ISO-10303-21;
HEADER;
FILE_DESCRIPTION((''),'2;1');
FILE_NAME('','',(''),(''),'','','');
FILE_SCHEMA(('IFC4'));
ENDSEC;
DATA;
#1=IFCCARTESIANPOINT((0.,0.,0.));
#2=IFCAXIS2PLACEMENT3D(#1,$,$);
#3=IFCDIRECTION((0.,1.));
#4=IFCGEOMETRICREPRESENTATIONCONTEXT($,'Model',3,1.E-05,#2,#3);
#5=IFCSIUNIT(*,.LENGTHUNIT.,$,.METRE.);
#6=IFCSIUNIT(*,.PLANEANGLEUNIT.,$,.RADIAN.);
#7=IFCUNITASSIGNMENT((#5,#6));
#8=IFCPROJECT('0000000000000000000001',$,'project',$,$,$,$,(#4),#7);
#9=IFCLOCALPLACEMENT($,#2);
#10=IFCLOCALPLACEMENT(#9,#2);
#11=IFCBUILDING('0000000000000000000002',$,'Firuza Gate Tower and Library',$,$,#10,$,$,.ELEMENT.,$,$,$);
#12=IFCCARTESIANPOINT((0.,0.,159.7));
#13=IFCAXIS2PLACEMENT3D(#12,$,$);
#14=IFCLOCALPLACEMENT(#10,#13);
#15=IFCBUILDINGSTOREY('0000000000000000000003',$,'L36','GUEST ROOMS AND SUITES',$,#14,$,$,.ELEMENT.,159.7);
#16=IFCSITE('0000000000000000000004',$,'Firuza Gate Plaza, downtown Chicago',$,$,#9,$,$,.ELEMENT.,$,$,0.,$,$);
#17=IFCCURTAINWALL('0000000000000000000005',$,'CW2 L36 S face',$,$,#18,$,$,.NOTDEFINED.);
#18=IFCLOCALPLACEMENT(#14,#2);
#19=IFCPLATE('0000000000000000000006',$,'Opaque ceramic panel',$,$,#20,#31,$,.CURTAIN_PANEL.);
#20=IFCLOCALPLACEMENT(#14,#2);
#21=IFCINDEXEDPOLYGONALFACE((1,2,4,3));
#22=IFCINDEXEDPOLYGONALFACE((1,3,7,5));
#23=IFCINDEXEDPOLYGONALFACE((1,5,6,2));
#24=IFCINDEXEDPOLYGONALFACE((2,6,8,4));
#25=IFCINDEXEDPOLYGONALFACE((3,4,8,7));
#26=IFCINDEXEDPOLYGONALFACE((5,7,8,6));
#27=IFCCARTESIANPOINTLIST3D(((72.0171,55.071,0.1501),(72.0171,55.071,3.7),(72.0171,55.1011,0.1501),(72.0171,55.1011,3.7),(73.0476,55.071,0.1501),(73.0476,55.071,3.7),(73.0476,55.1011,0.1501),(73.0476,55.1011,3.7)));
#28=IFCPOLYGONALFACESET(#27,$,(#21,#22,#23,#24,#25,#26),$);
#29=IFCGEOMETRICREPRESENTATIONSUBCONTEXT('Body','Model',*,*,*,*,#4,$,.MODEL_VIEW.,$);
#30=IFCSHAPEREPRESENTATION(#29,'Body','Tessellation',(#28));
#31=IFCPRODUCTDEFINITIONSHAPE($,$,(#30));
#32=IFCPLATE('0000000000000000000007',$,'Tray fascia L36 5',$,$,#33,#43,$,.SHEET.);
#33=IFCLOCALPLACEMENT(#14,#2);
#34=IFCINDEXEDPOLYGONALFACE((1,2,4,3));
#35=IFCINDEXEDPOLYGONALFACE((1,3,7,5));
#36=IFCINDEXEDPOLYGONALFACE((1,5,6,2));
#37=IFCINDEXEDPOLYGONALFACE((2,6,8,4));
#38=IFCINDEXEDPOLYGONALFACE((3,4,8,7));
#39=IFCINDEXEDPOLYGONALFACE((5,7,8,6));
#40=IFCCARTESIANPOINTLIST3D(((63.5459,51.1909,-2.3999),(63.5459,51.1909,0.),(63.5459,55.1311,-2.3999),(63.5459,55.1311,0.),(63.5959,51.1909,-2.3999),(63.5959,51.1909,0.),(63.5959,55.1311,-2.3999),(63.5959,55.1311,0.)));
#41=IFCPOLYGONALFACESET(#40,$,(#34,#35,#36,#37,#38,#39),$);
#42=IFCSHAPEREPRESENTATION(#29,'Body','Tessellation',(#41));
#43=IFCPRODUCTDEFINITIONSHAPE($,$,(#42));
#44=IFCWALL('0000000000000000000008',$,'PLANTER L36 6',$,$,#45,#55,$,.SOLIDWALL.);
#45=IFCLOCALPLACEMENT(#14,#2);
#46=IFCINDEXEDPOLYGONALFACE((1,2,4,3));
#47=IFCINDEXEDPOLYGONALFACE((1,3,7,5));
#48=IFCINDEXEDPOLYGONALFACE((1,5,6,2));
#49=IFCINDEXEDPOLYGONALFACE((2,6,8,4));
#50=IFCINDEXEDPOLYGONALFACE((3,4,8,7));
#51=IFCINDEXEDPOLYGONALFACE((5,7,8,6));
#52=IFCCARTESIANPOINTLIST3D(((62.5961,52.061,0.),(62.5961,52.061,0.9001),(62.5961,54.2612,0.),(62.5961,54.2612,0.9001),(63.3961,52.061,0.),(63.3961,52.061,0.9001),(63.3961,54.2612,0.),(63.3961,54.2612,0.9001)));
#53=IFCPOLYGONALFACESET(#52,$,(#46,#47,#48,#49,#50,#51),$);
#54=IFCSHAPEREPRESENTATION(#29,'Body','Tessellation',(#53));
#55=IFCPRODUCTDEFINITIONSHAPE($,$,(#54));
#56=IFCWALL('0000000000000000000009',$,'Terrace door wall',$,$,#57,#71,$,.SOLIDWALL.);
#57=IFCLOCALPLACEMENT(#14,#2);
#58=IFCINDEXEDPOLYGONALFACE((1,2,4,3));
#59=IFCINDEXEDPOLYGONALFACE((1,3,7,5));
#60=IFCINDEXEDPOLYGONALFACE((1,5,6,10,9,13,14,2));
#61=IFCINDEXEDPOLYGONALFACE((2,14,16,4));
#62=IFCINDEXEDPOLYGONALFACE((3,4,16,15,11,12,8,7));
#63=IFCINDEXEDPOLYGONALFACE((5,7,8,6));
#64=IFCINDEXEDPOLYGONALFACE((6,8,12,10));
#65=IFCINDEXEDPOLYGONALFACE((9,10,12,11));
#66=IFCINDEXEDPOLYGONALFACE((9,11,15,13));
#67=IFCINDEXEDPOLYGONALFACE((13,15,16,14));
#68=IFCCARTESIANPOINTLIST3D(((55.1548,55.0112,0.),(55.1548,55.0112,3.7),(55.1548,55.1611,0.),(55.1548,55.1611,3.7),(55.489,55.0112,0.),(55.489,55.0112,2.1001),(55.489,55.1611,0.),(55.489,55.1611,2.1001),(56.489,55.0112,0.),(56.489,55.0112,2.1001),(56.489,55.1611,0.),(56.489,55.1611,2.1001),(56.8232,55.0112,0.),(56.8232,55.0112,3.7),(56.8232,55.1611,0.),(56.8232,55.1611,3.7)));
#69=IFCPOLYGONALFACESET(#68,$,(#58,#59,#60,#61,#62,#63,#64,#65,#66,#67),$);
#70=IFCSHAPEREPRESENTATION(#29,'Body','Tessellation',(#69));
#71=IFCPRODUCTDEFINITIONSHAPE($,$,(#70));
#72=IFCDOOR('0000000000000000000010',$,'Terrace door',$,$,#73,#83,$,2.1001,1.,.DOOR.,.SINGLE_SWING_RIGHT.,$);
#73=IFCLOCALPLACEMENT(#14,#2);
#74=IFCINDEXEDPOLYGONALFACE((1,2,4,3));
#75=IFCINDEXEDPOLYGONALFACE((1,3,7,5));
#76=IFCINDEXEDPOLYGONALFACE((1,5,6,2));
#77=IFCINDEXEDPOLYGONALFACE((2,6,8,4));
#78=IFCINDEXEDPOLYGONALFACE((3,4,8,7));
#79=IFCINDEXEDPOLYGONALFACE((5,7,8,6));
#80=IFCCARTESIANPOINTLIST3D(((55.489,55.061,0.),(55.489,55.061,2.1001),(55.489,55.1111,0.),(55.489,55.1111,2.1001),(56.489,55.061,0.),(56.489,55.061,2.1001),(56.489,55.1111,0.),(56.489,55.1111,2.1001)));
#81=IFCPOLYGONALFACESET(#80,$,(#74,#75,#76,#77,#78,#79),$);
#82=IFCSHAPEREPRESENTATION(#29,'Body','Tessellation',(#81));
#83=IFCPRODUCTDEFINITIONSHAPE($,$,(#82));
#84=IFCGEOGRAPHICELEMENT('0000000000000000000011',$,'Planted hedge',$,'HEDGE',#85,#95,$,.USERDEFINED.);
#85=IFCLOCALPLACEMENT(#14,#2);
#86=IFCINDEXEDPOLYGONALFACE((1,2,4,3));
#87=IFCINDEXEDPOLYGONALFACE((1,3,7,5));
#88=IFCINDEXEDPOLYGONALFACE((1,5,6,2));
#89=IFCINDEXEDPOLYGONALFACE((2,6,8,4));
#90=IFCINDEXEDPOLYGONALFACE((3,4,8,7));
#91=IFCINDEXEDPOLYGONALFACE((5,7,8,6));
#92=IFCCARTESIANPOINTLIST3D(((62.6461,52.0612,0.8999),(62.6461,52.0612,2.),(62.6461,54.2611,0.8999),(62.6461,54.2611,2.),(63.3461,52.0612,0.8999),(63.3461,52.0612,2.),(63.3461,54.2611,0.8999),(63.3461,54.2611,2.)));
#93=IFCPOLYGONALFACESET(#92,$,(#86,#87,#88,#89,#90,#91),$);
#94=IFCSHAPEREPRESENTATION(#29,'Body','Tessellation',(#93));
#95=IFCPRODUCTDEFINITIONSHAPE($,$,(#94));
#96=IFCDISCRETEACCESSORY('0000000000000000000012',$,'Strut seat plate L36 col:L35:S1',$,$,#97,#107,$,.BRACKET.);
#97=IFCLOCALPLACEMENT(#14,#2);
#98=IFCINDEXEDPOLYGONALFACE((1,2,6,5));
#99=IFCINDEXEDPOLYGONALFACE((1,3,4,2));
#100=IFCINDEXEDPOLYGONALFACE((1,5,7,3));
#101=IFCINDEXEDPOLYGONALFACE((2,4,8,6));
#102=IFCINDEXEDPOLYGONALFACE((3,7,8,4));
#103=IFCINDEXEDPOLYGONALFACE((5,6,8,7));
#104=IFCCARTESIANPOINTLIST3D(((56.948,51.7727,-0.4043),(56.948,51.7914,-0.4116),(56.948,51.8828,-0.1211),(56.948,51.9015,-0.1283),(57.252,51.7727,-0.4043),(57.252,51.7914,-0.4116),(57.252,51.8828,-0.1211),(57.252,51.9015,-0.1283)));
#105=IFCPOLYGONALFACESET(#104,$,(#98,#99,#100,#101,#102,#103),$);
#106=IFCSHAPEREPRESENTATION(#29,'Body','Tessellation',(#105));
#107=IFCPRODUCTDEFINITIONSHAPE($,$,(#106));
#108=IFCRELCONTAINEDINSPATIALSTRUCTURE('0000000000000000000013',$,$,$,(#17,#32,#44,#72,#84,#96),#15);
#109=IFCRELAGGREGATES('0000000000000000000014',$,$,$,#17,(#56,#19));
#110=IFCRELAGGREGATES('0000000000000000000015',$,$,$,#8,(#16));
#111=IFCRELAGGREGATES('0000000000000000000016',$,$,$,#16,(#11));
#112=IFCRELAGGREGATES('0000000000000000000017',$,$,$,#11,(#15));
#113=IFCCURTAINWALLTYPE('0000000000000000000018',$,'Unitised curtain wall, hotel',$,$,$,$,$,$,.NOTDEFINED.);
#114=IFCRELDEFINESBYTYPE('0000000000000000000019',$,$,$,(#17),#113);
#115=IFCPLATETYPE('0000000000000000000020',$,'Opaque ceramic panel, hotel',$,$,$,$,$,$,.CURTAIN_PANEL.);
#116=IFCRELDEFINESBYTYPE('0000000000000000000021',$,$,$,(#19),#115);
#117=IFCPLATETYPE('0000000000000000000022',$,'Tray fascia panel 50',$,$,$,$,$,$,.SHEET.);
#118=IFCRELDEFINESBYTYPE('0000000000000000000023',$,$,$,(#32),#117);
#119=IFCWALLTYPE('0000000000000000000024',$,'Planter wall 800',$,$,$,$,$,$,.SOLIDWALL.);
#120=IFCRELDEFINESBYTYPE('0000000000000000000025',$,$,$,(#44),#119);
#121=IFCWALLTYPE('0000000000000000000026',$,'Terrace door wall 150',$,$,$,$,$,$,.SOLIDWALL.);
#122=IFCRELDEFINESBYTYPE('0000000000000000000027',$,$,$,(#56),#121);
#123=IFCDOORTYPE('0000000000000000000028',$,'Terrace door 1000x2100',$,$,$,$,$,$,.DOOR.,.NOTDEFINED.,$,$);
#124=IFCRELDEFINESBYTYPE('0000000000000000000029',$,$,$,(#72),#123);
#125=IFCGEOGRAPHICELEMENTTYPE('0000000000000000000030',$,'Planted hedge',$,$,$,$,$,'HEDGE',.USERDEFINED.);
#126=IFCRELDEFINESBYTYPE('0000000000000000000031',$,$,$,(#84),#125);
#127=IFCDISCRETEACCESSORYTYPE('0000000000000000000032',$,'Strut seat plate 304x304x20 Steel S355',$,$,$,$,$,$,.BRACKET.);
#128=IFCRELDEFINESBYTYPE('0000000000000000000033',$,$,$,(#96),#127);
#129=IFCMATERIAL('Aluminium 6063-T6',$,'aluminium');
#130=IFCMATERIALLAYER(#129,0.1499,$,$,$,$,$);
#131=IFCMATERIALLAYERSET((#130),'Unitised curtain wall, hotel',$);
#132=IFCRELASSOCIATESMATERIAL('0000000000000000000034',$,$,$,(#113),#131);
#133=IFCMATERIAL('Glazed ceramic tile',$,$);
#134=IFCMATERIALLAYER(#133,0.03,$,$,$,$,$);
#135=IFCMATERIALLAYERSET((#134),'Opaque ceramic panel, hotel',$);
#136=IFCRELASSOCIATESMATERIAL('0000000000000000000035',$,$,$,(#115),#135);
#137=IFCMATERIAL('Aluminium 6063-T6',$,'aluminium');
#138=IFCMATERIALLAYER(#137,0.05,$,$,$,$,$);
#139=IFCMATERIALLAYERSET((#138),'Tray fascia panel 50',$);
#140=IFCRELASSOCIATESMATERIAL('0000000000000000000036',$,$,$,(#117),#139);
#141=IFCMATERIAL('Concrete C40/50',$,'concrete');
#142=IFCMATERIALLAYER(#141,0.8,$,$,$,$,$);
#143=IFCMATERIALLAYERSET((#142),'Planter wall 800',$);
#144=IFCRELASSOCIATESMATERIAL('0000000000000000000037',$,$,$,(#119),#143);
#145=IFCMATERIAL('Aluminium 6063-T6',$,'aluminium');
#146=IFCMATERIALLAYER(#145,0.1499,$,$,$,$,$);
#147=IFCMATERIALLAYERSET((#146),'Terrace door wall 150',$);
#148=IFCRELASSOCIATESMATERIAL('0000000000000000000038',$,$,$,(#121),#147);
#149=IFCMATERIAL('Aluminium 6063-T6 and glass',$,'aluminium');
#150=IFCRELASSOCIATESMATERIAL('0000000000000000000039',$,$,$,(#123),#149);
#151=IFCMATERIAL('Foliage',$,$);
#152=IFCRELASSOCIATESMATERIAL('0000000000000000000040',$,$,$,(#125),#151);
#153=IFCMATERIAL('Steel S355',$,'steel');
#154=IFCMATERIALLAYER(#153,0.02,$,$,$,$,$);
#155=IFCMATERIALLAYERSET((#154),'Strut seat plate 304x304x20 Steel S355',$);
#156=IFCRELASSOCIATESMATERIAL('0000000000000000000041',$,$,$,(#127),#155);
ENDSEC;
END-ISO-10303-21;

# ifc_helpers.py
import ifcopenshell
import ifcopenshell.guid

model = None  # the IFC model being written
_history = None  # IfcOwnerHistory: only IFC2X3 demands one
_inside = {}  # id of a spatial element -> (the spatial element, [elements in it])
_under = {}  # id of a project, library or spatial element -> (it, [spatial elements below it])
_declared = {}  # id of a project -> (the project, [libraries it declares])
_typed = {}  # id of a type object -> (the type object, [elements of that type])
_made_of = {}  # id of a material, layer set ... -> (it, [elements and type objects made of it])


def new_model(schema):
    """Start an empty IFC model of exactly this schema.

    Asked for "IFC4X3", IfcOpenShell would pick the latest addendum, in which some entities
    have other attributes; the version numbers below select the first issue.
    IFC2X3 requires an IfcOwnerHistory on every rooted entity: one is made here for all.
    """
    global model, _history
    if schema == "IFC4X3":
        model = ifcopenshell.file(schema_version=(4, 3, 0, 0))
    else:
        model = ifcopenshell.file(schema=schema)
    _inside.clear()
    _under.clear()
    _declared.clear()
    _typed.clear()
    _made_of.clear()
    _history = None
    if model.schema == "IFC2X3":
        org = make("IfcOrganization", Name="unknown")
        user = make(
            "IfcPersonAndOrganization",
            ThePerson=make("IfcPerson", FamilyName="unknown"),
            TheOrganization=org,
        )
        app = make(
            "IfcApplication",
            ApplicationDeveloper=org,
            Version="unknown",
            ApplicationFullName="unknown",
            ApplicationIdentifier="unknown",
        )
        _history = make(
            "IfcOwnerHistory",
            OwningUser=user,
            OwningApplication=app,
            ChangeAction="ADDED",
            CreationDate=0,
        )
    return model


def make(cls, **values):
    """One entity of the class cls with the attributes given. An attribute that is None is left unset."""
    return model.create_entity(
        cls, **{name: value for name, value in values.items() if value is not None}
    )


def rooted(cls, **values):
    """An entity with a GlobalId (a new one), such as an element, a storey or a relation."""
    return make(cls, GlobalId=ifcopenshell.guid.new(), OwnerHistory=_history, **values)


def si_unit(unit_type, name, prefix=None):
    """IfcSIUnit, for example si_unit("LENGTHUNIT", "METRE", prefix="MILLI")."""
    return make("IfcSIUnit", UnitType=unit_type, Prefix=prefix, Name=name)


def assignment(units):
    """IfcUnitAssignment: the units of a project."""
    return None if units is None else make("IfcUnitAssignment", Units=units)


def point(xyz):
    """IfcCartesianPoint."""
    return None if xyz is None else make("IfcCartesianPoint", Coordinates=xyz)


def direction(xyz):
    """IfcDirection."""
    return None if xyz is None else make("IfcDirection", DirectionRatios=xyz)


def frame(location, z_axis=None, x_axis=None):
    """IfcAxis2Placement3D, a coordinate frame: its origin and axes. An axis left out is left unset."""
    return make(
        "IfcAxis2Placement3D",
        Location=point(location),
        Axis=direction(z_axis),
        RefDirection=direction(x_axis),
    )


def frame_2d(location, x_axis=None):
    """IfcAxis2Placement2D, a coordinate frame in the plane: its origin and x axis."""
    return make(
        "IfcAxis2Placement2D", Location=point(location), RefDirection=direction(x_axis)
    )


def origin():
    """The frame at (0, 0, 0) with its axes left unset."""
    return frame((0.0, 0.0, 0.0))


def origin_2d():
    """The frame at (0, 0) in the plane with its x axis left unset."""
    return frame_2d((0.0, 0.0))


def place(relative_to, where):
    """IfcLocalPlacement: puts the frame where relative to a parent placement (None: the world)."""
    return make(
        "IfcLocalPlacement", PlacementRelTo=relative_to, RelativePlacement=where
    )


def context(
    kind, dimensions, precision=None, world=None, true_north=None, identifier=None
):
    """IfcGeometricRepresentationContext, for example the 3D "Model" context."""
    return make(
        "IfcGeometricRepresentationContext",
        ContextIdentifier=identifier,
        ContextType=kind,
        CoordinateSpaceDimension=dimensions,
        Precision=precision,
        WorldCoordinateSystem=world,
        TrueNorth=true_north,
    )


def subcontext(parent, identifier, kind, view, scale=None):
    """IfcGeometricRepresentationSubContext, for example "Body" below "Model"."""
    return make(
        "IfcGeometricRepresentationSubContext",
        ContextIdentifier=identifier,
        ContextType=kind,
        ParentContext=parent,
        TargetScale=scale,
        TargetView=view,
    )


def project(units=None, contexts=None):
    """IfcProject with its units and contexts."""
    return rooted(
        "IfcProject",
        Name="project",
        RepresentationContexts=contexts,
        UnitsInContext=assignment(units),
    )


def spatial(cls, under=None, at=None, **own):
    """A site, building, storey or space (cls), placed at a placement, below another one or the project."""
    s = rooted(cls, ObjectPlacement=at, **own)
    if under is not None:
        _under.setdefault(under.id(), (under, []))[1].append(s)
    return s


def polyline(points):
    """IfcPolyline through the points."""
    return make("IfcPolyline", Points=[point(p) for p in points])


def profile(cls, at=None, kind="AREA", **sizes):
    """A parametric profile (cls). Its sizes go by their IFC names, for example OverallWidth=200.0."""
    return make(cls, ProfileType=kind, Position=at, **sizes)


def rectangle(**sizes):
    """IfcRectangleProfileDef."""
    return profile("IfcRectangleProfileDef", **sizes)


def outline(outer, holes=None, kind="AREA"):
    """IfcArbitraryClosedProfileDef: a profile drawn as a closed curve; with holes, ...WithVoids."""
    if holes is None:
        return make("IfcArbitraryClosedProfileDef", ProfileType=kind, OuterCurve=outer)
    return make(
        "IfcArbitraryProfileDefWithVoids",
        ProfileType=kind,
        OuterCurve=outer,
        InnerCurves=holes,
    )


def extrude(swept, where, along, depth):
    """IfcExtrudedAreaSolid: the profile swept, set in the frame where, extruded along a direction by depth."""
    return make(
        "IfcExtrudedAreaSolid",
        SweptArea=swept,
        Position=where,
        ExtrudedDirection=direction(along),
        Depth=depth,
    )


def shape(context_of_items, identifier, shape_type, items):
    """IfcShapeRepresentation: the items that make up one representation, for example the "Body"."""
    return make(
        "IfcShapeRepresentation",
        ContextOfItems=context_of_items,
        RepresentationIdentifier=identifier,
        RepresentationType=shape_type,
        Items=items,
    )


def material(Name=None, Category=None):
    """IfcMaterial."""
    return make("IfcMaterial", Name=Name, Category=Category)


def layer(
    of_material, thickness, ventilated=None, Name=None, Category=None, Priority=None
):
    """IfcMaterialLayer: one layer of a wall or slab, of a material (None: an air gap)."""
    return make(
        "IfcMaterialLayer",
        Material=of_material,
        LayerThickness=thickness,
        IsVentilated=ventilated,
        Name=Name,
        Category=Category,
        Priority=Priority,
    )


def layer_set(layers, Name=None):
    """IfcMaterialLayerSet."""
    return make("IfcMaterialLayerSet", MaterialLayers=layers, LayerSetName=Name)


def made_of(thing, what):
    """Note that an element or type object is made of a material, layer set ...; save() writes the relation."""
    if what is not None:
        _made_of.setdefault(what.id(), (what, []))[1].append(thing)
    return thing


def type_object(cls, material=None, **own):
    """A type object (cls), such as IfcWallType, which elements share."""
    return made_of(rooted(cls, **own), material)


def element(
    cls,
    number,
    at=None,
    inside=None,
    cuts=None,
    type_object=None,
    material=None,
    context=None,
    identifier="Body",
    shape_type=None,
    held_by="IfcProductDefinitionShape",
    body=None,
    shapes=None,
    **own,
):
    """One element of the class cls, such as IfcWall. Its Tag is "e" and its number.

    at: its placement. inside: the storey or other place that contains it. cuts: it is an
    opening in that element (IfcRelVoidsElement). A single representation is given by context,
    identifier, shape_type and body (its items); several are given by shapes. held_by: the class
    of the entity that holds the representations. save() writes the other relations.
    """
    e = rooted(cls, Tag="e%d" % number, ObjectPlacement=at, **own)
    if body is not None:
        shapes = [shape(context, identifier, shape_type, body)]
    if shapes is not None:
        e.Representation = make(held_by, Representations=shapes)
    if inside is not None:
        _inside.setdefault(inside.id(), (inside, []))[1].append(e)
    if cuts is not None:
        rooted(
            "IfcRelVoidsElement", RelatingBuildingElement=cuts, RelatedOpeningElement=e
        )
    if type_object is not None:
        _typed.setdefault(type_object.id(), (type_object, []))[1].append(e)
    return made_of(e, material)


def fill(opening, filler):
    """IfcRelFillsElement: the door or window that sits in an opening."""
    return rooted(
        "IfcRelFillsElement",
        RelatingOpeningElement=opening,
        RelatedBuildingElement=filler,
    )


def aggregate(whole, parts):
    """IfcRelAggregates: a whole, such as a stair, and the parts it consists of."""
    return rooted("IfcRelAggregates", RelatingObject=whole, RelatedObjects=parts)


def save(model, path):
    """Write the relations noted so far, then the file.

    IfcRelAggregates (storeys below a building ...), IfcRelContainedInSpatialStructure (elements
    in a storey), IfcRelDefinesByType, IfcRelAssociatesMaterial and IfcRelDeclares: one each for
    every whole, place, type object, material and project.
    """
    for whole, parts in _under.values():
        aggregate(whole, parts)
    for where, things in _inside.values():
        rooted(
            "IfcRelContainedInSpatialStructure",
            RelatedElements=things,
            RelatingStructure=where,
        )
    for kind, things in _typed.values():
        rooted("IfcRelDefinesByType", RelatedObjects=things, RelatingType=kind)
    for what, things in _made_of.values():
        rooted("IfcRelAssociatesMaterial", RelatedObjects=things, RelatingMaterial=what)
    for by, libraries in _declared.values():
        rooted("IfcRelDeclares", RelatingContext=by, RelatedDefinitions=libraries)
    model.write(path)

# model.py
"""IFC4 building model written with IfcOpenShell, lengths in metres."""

from ifc_helpers import new_model, si_unit, direction, frame, frame_2d, origin, origin_2d, place, context, subcontext, project, spatial, polyline, rectangle, outline, extrude, material, layer, layer_set, type_object, element, fill, aggregate, save


model = new_model("IFC4")

# Units and contexts
model_context = context("Model", 3, precision=1e-05, world=origin(), true_north=direction((0.0, 1.0)))
body_context = subcontext(model_context, "Body", "Model", "MODEL_VIEW")
ifc_project = project(units=[si_unit("LENGTHUNIT", "METRE"), si_unit("PLANEANGLEUNIT", "RADIAN")], contexts=[model_context])

# Site, building, storey
site_placement = place(None, origin())
site = spatial("IfcSite", under=ifc_project, at=site_placement, Name="Firuza Gate Plaza, downtown Chicago", CompositionType="ELEMENT", RefElevation=0.0)
building_placement = place(site_placement, origin())
building = spatial("IfcBuilding", under=site, at=building_placement, Name="Firuza Gate Tower and Library", CompositionType="ELEMENT")
storey_placement = place(building_placement, frame((0.0, 0.0, 159.7)))
storey = spatial("IfcBuildingStorey", under=building, at=storey_placement, Name="L36", Description="GUEST ROOMS AND SUITES", CompositionType="ELEMENT", Elevation=159.7)

# Curtain wall
ifc_material_1 = material(Name="Aluminium 6063-T6", Category="aluminium")
ifc_layer_1 = layer(ifc_material_1, 0.1499)
ifc_layer_set_1 = layer_set([ifc_layer_1], Name="Unitised curtain wall, hotel")
curtain_wall_type = type_object("IfcCurtainWallType", Name="Unitised curtain wall, hotel", PredefinedType="NOTDEFINED", material=ifc_layer_set_1)
curtain_wall_placement = place(storey_placement, origin())
curtain_wall = element("IfcCurtainWall", 1, at=curtain_wall_placement, inside=storey, type_object=curtain_wall_type, Name="CW2 L36 S face", PredefinedType="NOTDEFINED")

# Plates
ifc_material_2 = material(Name="Glazed ceramic tile")
ifc_layer_2 = layer(ifc_material_2, 0.03)
ifc_layer_set_2 = layer_set([ifc_layer_2], Name="Opaque ceramic panel, hotel")
plate_type_1 = type_object("IfcPlateType", Name="Opaque ceramic panel, hotel", PredefinedType="CURTAIN_PANEL", material=ifc_layer_set_2)
plate_1_placement = place(storey_placement, frame((72.0171, 55.071, 0.1501), z_axis=(0.0, -1.0, 0.0), x_axis=(1.0, 0.0, 0.0)))
plate_1 = element("IfcPlate", 2, at=plate_1_placement, type_object=plate_type_1, Name="Opaque ceramic panel", PredefinedType="CURTAIN_PANEL", context=body_context, shape_type="SweptSolid", body=[
    extrude(outline(polyline([(0.0, 0.0), (1.0305, 0.0), (1.0305, 3.5498), (0.0, 3.5498), (0.0, 0.0)])), origin(), (0.0, 0.0, -1.0), 0.03),
])
ifc_material_3 = material(Name="Aluminium 6063-T6", Category="aluminium")
ifc_layer_3 = layer(ifc_material_3, 0.05)
ifc_layer_set_3 = layer_set([ifc_layer_3], Name="Tray fascia panel 50")
plate_type_2 = type_object("IfcPlateType", Name="Tray fascia panel 50", PredefinedType="SHEET", material=ifc_layer_set_3)
plate_2_placement = place(storey_placement, frame((63.5959, 51.1909, -2.3999), z_axis=(1.0, 0.0, 0.0), x_axis=(0.0, 1.0, 0.0)))
element("IfcPlate", 3, at=plate_2_placement, inside=storey, type_object=plate_type_2, Name="Tray fascia L36 5", PredefinedType="SHEET", context=body_context, shape_type="SweptSolid", body=[
    extrude(outline(polyline([(0.0, 0.0), (3.9402, 0.0), (3.9402, 2.3999), (0.0, 2.3999), (0.0, 0.0)])), origin(), (0.0, 0.0, -1.0), 0.05),
])

# Wall
ifc_material_4 = material(Name="Concrete C40/50", Category="concrete")
ifc_layer_4 = layer(ifc_material_4, 0.8)
ifc_layer_set_4 = layer_set([ifc_layer_4], Name="Planter wall 800")
wall_type_1 = type_object("IfcWallType", Name="Planter wall 800", PredefinedType="SOLIDWALL", material=ifc_layer_set_4)
wall_1_placement = place(storey_placement, frame((62.9961, 52.061, 0.0), z_axis=(0.0, 0.0, 1.0), x_axis=(0.0, 1.0, 0.0)))
element("IfcWall", 4, at=wall_1_placement, inside=storey, type_object=wall_type_1, Name="PLANTER L36 6", PredefinedType="SOLIDWALL", context=body_context, shape_type="SweptSolid", body=[
    extrude(rectangle(XDim=2.2002, YDim=0.8, at=frame_2d((1.1001, 0.0))), origin(), (0.0, 0.0, 1.0), 0.9001),
])

# Wall, opening, door
ifc_material_5 = material(Name="Aluminium 6063-T6", Category="aluminium")
ifc_layer_5 = layer(ifc_material_5, 0.1499)
ifc_layer_set_5 = layer_set([ifc_layer_5], Name="Terrace door wall 150")
wall_type_2 = type_object("IfcWallType", Name="Terrace door wall 150", PredefinedType="SOLIDWALL", material=ifc_layer_set_5)
wall_2_placement = place(storey_placement, frame((55.1548, 55.0862, 0.0), z_axis=(0.0, 0.0, 1.0), x_axis=(1.0, 0.0, 0.0)))
wall_2 = element("IfcWall", 5, at=wall_2_placement, type_object=wall_type_2, Name="Terrace door wall", PredefinedType="SOLIDWALL", context=body_context, shape_type="SweptSolid", body=[
    extrude(rectangle(XDim=1.6685, YDim=0.1499, at=frame_2d((0.8342, 0.0))), origin(), (0.0, 0.0, 1.0), 3.7),
])
opening_placement = place(wall_2_placement, frame((0.3342, 0.0, 0.0)))
opening = element("IfcOpeningElement", 6, at=opening_placement, cuts=wall_2, PredefinedType="OPENING", context=body_context, shape_type="SweptSolid", body=[
    extrude(rectangle(XDim=1.0, YDim=2.1001, at=frame_2d((0.5, 1.05))), frame((0.0, 0.085, 0.0), z_axis=(0.0, -1.0, 0.0), x_axis=(1.0, 0.0, 0.0)), (0.0, 0.0, 1.0), 0.1699),
])
ifc_material_6 = material(Name="Aluminium 6063-T6 and glass", Category="aluminium")
door_type = type_object("IfcDoorType", Name="Terrace door 1000x2100", OperationType="NOTDEFINED", PredefinedType="DOOR", material=ifc_material_6)
door_placement = place(opening_placement, origin())
door = element("IfcDoor", 7, at=door_placement, inside=storey, type_object=door_type, Name="Terrace door", OperationType="SINGLE_SWING_RIGHT", OverallHeight=2.1001, OverallWidth=1.0, PredefinedType="DOOR", context=body_context, shape_type="SweptSolid", body=[
    extrude(rectangle(XDim=1.0, YDim=2.1001, at=frame_2d((0.5, 1.05))), frame((0.0, 0.0249, 0.0), z_axis=(0.0, -1.0, 0.0), x_axis=(1.0, 0.0, 0.0)), (0.0, 0.0, 1.0), 0.05),
])
fill(opening, door)
aggregate(curtain_wall, [wall_2, plate_1])

# Geographic element
ifc_material_7 = material(Name="Foliage")
geographic_element_type = type_object("IfcGeographicElementType", Name="Planted hedge", ElementType="HEDGE", PredefinedType="USERDEFINED", material=ifc_material_7)
geographic_element_placement = place(storey_placement, frame((62.9961, 53.1611, 0.8999), z_axis=(0.0, 0.0, 1.0), x_axis=(0.0, 1.0, 0.0)))
element("IfcGeographicElement", 8, at=geographic_element_placement, inside=storey, type_object=geographic_element_type, Name="Planted hedge", ObjectType="HEDGE", PredefinedType="USERDEFINED", context=body_context, shape_type="SweptSolid", body=[
    extrude(rectangle(XDim=2.2, YDim=0.7, at=origin_2d()), origin(), (0.0, 0.0, 1.0), 1.1001),
])

# Discrete accessory
ifc_material_8 = material(Name="Steel S355", Category="steel")
ifc_layer_6 = layer(ifc_material_8, 0.02)
ifc_layer_set_6 = layer_set([ifc_layer_6], Name="Strut seat plate 304x304x20 Steel S355")
discrete_accessory_type = type_object("IfcDiscreteAccessoryType", Name="Strut seat plate 304x304x20 Steel S355", PredefinedType="BRACKET", material=ifc_layer_set_6)
discrete_accessory_placement = place(storey_placement, frame((56.948, 51.8828, -0.1211), z_axis=(0.0, -0.932035, 0.362369), x_axis=(1.0, 0.0, 0.0)))
element("IfcDiscreteAccessory", 9, at=discrete_accessory_placement, inside=storey, type_object=discrete_accessory_type, Name="Strut seat plate L36 col:L35:S1", PredefinedType="BRACKET", context=body_context, shape_type="SweptSolid", body=[
    extrude(outline(polyline([(0.0, 0.0), (0.304, 0.0), (0.304, -0.3039), (0.0, -0.3039), (0.0, 0.0)])), origin(), (0.0, 0.0, -1.0), 0.02),
])

save(model, "model.ifc")
